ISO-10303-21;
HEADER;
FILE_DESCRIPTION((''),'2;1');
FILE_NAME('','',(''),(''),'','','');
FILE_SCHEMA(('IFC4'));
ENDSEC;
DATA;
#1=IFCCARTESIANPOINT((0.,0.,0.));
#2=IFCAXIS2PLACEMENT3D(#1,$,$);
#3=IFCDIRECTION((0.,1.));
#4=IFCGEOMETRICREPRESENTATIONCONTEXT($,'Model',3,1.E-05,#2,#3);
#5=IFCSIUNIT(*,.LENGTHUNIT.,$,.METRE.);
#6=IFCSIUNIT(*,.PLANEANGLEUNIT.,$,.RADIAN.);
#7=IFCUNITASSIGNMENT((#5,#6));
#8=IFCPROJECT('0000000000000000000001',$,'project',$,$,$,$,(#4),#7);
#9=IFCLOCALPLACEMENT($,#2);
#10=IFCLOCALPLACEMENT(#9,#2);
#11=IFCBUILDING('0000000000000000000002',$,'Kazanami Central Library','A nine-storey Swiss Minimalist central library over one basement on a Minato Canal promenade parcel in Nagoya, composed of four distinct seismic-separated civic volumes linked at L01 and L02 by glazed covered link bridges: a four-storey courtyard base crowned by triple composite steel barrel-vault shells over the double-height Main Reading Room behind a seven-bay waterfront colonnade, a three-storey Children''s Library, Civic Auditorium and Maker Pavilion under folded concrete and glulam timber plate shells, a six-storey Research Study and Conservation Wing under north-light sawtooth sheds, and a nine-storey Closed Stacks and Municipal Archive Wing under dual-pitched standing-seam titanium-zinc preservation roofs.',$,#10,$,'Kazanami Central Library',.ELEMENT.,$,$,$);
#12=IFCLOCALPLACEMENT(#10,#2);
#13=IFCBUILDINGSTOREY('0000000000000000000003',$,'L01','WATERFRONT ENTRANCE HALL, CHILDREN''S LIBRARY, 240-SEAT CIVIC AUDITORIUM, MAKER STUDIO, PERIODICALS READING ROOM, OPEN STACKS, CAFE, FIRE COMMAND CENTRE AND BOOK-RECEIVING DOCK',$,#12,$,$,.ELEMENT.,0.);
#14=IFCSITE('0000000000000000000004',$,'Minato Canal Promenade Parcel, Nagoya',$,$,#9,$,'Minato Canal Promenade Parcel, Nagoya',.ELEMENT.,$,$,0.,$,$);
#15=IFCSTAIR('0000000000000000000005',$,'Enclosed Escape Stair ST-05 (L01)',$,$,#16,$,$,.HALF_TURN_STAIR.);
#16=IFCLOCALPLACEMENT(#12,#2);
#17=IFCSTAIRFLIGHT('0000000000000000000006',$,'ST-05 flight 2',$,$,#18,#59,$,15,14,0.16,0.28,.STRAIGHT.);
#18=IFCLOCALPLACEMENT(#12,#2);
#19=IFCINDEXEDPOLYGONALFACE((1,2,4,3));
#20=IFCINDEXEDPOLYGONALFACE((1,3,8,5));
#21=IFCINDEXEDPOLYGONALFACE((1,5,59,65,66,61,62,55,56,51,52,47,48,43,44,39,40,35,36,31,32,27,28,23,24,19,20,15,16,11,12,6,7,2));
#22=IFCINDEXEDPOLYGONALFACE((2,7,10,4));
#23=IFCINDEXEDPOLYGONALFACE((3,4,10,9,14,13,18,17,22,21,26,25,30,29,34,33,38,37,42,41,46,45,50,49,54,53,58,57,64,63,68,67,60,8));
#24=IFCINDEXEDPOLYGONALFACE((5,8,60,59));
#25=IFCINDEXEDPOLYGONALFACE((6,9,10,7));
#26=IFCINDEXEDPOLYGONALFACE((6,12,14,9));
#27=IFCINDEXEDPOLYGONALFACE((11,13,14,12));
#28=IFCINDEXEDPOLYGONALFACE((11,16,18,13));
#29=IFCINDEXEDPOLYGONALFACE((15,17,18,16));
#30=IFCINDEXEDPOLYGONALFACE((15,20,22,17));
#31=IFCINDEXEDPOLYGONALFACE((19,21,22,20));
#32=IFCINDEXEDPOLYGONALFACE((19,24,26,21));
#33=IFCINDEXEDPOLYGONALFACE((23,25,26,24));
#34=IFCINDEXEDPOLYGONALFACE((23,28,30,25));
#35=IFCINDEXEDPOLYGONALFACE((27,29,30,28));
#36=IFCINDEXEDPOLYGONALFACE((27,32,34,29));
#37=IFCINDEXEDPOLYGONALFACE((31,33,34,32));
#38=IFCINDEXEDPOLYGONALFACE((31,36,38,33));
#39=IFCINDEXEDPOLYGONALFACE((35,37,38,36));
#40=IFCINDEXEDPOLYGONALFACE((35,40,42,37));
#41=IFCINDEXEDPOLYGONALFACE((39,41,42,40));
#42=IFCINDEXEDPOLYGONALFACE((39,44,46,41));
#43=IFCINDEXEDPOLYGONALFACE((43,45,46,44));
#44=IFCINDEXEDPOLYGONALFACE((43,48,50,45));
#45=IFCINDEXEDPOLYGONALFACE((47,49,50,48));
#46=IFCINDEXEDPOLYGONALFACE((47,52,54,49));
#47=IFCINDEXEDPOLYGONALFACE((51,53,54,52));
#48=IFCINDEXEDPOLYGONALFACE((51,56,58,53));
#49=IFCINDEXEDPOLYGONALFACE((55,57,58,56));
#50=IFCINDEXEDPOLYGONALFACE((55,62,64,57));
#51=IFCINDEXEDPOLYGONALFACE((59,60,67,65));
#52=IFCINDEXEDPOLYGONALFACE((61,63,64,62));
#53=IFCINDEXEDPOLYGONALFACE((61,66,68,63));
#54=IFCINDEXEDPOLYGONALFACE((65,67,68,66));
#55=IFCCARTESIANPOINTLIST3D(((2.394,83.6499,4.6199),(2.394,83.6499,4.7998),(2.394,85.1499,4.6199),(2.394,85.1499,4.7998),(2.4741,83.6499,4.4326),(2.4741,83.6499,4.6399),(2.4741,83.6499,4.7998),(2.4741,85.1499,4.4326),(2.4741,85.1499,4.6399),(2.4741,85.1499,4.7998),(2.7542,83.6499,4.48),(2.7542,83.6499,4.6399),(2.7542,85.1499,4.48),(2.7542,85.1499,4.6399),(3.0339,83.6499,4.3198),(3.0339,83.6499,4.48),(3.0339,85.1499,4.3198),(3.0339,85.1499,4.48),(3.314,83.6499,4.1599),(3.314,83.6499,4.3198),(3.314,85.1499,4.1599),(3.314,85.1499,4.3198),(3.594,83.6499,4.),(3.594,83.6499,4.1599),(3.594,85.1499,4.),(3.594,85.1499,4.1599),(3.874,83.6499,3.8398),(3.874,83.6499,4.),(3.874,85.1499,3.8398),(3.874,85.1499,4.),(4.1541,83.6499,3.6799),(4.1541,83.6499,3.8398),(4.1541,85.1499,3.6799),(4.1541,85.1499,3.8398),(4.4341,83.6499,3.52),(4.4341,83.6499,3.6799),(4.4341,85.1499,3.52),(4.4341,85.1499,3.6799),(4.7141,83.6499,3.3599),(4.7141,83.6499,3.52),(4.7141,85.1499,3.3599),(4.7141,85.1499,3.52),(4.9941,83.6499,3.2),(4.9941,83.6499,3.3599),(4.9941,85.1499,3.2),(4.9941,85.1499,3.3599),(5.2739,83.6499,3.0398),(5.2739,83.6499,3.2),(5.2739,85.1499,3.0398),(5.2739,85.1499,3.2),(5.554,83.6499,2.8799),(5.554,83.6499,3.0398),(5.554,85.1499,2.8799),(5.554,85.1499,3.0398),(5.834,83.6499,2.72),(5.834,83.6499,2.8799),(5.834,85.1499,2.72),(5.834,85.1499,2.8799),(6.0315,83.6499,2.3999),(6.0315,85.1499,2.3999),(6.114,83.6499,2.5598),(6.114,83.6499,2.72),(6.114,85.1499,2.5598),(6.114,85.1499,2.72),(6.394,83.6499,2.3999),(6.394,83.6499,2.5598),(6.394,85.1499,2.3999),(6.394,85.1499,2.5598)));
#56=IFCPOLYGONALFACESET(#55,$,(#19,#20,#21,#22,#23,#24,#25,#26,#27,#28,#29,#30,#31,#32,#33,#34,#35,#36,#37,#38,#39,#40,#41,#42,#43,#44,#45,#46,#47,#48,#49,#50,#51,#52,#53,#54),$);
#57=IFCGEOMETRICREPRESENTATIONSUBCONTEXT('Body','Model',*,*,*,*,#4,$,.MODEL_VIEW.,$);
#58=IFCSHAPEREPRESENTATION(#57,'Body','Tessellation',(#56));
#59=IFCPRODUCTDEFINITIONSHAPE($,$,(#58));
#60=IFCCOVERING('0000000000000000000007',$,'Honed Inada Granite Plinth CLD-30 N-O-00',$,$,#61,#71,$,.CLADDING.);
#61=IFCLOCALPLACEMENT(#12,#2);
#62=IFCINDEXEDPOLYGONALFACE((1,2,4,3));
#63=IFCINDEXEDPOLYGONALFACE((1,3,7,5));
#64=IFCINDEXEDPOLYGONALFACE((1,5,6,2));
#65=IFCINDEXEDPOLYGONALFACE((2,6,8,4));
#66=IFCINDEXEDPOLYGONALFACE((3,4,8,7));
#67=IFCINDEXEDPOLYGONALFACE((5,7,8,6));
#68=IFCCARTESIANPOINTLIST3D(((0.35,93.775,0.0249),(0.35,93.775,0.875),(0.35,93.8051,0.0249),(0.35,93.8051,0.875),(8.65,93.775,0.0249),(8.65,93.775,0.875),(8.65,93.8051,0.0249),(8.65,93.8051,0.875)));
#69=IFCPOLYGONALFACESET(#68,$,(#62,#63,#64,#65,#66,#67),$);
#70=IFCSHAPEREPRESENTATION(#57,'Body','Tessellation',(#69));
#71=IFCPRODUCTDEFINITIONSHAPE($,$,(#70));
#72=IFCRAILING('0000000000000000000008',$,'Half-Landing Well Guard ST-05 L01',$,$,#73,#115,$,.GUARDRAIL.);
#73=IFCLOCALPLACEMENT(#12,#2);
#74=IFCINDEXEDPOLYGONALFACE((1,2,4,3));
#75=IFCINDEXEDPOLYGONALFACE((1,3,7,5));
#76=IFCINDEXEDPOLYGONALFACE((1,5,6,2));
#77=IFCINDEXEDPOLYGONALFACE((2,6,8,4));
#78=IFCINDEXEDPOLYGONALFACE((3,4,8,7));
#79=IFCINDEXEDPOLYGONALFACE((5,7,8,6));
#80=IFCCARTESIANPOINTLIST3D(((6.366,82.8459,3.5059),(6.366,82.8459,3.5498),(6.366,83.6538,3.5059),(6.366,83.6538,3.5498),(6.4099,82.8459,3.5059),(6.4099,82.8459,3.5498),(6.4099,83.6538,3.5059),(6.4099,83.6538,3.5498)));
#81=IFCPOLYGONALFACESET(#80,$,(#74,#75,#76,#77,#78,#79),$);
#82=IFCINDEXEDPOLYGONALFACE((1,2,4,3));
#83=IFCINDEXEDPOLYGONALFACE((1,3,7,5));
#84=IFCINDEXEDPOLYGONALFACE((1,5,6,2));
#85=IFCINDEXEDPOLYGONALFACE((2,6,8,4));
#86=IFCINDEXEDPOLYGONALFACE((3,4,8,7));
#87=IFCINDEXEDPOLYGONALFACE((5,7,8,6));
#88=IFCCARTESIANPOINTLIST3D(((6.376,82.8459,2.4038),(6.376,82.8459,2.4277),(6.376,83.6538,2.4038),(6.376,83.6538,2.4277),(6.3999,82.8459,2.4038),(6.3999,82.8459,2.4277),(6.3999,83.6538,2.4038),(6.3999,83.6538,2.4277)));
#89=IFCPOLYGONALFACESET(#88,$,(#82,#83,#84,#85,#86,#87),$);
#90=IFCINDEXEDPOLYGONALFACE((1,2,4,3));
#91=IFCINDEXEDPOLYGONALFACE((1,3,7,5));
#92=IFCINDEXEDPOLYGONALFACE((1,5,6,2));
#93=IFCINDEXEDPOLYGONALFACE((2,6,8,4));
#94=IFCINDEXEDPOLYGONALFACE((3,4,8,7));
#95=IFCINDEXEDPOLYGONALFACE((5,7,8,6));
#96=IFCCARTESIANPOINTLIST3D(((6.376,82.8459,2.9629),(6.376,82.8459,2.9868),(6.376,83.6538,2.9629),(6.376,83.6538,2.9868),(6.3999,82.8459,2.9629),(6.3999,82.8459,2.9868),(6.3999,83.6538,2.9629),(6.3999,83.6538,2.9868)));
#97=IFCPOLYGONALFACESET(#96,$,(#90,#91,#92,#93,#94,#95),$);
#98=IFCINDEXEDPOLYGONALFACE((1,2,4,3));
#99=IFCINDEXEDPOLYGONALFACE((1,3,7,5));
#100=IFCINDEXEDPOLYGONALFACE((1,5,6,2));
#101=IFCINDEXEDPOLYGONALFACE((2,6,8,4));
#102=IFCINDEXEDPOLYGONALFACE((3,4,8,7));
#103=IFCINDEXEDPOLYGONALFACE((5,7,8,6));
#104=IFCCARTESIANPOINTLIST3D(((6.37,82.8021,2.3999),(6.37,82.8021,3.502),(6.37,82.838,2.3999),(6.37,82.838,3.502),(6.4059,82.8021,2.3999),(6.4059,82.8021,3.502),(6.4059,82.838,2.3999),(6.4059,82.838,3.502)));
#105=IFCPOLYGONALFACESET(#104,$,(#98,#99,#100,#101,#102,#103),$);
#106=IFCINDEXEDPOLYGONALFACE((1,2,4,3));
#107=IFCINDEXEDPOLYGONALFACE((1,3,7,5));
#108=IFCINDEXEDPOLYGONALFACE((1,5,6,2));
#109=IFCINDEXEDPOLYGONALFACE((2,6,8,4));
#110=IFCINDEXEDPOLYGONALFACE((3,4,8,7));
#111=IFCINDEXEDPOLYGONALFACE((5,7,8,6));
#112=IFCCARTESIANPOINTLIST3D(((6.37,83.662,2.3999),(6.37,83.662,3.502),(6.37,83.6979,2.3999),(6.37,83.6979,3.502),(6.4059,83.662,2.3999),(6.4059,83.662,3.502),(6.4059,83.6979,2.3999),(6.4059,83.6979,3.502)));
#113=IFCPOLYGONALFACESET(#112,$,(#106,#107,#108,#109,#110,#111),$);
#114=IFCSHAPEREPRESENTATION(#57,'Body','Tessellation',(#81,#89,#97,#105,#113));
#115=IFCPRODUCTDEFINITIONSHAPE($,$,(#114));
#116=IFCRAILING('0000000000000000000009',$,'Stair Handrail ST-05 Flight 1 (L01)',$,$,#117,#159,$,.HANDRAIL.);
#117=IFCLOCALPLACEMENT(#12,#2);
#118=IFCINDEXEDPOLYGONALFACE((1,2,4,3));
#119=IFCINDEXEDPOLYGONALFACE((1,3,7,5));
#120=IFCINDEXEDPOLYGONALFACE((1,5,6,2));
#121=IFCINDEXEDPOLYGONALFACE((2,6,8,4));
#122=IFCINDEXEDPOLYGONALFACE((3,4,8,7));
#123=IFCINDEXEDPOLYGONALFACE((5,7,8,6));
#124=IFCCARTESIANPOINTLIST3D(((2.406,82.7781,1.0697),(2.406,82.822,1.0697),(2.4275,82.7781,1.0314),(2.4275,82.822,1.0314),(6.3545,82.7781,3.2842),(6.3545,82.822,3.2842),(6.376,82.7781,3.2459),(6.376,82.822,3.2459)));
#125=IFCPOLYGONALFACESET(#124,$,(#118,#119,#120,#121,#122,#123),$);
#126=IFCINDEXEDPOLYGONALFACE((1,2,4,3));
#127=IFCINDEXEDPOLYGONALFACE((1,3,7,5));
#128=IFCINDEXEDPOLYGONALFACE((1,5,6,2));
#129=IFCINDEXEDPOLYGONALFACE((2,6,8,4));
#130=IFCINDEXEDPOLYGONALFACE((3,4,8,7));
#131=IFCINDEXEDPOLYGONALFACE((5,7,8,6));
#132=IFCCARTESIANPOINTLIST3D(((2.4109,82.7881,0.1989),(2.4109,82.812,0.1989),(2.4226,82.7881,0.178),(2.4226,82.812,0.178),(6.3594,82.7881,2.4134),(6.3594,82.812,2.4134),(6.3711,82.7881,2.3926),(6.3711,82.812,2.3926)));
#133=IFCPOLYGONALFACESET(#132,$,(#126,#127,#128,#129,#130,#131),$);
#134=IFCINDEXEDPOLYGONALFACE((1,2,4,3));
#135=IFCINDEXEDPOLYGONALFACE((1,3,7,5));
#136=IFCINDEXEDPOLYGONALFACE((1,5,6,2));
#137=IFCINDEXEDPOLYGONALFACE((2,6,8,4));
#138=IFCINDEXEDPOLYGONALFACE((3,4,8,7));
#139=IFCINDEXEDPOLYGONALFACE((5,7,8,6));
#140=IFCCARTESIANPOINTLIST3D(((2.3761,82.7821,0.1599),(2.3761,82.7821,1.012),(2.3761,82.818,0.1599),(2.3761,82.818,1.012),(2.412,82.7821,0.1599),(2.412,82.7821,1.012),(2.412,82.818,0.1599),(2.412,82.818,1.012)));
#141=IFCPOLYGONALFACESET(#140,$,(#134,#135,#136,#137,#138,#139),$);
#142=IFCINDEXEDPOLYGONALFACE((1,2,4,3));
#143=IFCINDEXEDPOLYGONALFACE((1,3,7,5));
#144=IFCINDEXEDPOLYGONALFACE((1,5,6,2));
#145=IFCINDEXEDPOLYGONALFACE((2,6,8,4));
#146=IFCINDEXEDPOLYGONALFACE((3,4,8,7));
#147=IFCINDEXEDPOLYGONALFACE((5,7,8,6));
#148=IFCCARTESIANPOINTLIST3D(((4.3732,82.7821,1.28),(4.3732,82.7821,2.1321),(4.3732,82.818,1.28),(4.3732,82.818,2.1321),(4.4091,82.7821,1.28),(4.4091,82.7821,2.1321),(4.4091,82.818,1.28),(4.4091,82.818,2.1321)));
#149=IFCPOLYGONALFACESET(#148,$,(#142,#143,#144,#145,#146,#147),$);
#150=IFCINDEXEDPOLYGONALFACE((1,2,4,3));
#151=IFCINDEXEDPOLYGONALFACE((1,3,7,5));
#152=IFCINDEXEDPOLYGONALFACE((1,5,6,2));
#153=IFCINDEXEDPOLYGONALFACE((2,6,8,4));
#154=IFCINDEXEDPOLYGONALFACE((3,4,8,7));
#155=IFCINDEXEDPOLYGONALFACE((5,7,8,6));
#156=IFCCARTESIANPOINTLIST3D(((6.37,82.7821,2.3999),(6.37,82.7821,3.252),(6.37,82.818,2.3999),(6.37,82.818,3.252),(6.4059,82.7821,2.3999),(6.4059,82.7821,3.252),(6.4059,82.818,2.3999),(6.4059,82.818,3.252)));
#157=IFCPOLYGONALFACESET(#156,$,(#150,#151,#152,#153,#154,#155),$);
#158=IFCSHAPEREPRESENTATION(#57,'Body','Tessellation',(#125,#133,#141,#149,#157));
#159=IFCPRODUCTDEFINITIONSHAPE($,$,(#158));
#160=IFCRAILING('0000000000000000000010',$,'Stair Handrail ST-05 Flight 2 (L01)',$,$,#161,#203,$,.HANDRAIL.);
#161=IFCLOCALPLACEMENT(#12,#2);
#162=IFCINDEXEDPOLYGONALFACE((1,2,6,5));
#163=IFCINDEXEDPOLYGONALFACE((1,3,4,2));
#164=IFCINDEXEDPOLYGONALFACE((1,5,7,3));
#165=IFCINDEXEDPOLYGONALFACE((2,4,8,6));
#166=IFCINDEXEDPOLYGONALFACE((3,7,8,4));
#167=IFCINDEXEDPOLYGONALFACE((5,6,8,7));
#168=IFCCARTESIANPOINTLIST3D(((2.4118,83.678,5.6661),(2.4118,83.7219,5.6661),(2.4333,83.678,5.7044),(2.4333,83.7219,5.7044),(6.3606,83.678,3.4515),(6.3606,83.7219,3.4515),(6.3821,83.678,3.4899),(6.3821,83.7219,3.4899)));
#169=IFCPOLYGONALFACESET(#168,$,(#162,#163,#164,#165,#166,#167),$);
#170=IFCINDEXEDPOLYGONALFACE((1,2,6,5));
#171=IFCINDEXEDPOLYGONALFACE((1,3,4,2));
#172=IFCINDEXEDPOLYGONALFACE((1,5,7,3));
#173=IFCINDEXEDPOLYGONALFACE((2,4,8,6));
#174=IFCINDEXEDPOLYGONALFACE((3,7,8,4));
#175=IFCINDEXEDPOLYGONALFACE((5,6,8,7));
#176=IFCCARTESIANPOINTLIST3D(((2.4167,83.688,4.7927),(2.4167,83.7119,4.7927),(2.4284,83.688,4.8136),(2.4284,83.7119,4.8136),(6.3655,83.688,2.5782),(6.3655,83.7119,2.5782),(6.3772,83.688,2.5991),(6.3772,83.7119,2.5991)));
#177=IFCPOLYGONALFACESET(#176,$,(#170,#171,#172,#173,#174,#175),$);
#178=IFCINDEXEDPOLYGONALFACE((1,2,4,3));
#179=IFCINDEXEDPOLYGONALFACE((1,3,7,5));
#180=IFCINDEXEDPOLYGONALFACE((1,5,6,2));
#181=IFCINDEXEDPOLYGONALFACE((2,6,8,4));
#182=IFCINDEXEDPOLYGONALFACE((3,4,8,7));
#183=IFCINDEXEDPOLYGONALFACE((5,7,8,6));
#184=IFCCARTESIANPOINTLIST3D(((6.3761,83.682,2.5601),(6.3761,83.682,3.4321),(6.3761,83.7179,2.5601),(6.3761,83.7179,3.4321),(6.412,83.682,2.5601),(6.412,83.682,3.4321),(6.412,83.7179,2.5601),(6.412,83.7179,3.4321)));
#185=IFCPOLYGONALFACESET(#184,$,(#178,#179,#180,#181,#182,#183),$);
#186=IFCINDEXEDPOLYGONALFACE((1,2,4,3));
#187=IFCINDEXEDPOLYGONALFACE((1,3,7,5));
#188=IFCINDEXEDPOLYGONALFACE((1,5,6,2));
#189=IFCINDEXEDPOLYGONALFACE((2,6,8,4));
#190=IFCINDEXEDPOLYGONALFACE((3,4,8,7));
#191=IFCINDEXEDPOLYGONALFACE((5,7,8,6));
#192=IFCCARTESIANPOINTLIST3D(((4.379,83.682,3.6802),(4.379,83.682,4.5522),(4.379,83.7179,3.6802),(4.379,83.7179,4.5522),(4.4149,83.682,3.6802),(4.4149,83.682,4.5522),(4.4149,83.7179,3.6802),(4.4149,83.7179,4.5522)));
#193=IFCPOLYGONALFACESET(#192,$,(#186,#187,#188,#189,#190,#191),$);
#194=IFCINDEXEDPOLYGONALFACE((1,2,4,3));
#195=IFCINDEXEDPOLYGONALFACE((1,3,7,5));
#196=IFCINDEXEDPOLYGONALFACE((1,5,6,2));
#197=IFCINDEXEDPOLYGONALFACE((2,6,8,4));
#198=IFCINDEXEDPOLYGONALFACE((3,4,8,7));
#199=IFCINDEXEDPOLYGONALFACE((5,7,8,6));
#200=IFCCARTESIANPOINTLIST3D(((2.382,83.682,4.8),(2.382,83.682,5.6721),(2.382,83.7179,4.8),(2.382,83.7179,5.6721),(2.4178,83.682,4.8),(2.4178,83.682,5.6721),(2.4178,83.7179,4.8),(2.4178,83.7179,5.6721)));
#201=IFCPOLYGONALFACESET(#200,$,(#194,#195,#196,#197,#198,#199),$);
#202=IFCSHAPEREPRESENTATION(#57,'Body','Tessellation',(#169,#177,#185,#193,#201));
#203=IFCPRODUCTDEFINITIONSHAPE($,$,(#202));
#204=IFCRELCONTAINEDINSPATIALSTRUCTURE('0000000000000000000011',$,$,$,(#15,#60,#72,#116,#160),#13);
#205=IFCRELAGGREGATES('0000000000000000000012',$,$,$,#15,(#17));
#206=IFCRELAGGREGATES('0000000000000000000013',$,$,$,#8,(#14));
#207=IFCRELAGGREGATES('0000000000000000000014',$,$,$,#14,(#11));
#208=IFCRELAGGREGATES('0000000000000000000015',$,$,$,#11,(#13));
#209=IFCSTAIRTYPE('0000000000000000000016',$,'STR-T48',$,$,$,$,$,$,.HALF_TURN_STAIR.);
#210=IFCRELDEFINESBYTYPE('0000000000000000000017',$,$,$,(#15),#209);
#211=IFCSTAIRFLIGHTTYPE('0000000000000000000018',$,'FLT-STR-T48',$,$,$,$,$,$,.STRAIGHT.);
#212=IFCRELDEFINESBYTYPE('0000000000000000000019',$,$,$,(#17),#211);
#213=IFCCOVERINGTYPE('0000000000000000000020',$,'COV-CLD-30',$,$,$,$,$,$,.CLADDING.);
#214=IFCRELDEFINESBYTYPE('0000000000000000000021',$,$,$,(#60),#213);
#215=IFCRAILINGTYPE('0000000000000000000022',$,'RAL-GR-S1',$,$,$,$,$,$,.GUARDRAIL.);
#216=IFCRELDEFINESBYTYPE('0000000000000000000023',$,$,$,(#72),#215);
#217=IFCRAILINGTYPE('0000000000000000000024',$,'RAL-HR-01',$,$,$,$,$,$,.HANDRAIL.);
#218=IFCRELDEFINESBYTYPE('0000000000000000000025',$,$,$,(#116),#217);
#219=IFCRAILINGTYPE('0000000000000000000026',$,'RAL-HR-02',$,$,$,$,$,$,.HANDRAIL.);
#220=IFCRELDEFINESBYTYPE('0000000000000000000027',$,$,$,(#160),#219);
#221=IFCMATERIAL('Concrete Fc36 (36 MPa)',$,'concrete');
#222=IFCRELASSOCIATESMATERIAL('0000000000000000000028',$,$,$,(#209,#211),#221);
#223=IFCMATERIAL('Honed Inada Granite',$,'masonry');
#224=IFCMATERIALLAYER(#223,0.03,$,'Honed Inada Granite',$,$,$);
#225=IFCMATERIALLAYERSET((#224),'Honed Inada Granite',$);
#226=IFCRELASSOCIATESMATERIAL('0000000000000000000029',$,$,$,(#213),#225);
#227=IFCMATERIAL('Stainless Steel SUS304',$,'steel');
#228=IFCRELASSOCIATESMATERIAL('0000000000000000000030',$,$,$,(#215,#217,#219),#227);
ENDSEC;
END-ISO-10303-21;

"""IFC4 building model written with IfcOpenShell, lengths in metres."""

from ifc_helpers import new_model, si_unit, direction, frame, origin, origin_2d, place, context, subcontext, project, spatial, polyline, rectangle, outline, extrude, material, layer, layer_set, type_object, element, aggregate, save


model = new_model("IFC4")

# Units and contexts
model_context = context("Model", 3, precision=1e-05, world=origin(), true_north=direction((0.0, 1.0)))
body_context = subcontext(model_context, "Body", "Model", "MODEL_VIEW")
ifc_project = project(units=[si_unit("LENGTHUNIT", "METRE"), si_unit("PLANEANGLEUNIT", "RADIAN")], contexts=[model_context])

# Site, building, storey
site_placement = place(None, origin())
site = spatial("IfcSite", under=ifc_project, at=site_placement, Name="Minato Canal Promenade Parcel, Nagoya", LongName="Minato Canal Promenade Parcel, Nagoya", CompositionType="ELEMENT", RefElevation=0.0)
building_placement = place(site_placement, origin())
building = spatial("IfcBuilding", under=site, at=building_placement, Name="Kazanami Central Library", Description="A nine-storey Swiss Minimalist central library over one basement on a Minato Canal promenade parcel in Nagoya, composed of four distinct seismic-separated civic volumes linked at L01 and L02 by glazed covered link bridges: a four-storey courtyard base crowned by triple composite steel barrel-vault shells over the double-height Main Reading Room behind a seven-bay waterfront colonnade, a three-storey Children's Library, Civic Auditorium and Maker Pavilion under folded concrete and glulam timber plate shells, a six-storey Research Study and Conservation Wing under north-light sawtooth sheds, and a nine-storey Closed Stacks and Municipal Archive Wing under dual-pitched standing-seam titanium-zinc preservation roofs.", LongName="Kazanami Central Library", CompositionType="ELEMENT")
storey_placement = place(building_placement, origin())
storey = spatial("IfcBuildingStorey", under=building, at=storey_placement, Name="L01", Description="WATERFRONT ENTRANCE HALL, CHILDREN'S LIBRARY, 240-SEAT CIVIC AUDITORIUM, MAKER STUDIO, PERIODICALS READING ROOM, OPEN STACKS, CAFE, FIRE COMMAND CENTRE AND BOOK-RECEIVING DOCK", CompositionType="ELEMENT", Elevation=0.0)

# Shared definitions
ifc_material_1 = material(Name="Concrete Fc36 (36 MPa)", Category="concrete")
ifc_material_2 = material(Name="Honed Inada Granite", Category="masonry")

# Stair, stair flight
stair_type = type_object("IfcStairType", Name="STR-T48", PredefinedType="HALF_TURN_STAIR", material=ifc_material_1)
stair_placement = place(storey_placement, origin())
stair = element("IfcStair", 1, at=stair_placement, inside=storey, type_object=stair_type, Name="Enclosed Escape Stair ST-05 (L01)", PredefinedType="HALF_TURN_STAIR")
stair_flight_type = type_object("IfcStairFlightType", Name="FLT-STR-T48", PredefinedType="STRAIGHT", material=ifc_material_1)
stair_flight_1_placement = place(storey_placement, frame((6.394, 84.3999, 2.3999), z_axis=(0.0, 0.0, 1.0), x_axis=(-1.0, 0.0, 0.0)))
stair_flight_1 = element("IfcStairFlight", 2, at=stair_flight_1_placement, type_object=stair_flight_type, Name="ST-05 flight 2", NumberOfRisers=15, NumberOfTreads=14, PredefinedType="STRAIGHT", RiserHeight=0.16, TreadLength=0.28, context=body_context, shape_type="SweptSolid", body=[
    extrude(outline(polyline([(0.0, 0.0), (0.0, 0.1599), (0.28, 0.1599), (0.28, 0.3201), (0.5601, 0.3201), (0.5601, 0.48), (0.8401, 0.48), (0.8401, 0.6399), (1.1201, 0.6399), (1.1201, 0.8), (1.3999, 0.8), (1.3999, 0.96), (1.6799, 0.96), (1.6799, 1.1201), (1.96, 1.1201), (1.96, 1.28), (2.24, 1.28), (2.24, 1.4399), (2.52, 1.4399), (2.52, 1.6001), (2.8, 1.6001), (2.8, 1.76), (3.0801, 1.76), (3.0801, 1.9199), (3.3601, 1.9199), (3.3601, 2.0801), (3.6399, 2.0801), (3.6399, 2.24), (3.9199, 2.24), (3.9199, 2.3999), (4.0, 2.3999), (4.0, 2.22), (3.9199, 2.0327), (0.3625, 0.0), (0.0, 0.0)])), frame((0.0, 0.75, 0.0), z_axis=(0.0, -1.0, 0.0), x_axis=(1.0, 0.0, 0.0)), (0.0, 0.0, 1.0), 1.5),
])
aggregate(stair, [stair_flight_1])

# Covering
ifc_layer_1 = layer(ifc_material_2, 0.03, Name="Honed Inada Granite")
ifc_layer_set_1 = layer_set([ifc_layer_1], Name="Honed Inada Granite")
covering_type = type_object("IfcCoveringType", Name="COV-CLD-30", PredefinedType="CLADDING", material=ifc_layer_set_1)
covering_placement = place(storey_placement, frame((4.5, 93.79, 0.0249), z_axis=(0.0, 0.0, 1.0), x_axis=(-1.0, 0.0, 0.0)))
element("IfcCovering", 3, at=covering_placement, inside=storey, type_object=covering_type, Name="Honed Inada Granite Plinth CLD-30 N-O-00", PredefinedType="CLADDING", context=body_context, shape_type="SweptSolid", body=[
    extrude(rectangle(XDim=8.3, YDim=0.03, at=origin_2d()), origin(), (0.0, 0.0, 1.0), 0.8501),
])

# Railings
ifc_material_3 = material(Name="Stainless Steel SUS304", Category="steel")
railing_type_1 = type_object("IfcRailingType", Name="RAL-GR-S1", PredefinedType="GUARDRAIL", material=ifc_material_3)
railing_1_placement = place(storey_placement, frame((6.3879, 82.8201, 2.3999)))
element("IfcRailing", 4, at=railing_1_placement, inside=storey, type_object=railing_type_1, Name="Half-Landing Well Guard ST-05 L01", PredefinedType="GUARDRAIL", context=body_context, shape_type="SweptSolid", body=[
    extrude(rectangle(XDim=0.0439, YDim=0.0439, at=origin_2d()), frame((0.0, 0.0259, 1.1279), z_axis=(0.0, 1.0, 0.0), x_axis=(-1.0, 0.0, 0.0)), (0.0, 0.0, 1.0), 0.8079),
    extrude(rectangle(XDim=0.0239, YDim=0.0239, at=origin_2d()), frame((0.0, 0.0259, 0.0159), z_axis=(0.0, 1.0, 0.0), x_axis=(-1.0, 0.0, 0.0)), (0.0, 0.0, 1.0), 0.8079),
    extrude(rectangle(XDim=0.0239, YDim=0.0239, at=origin_2d()), frame((0.0, 0.0259, 0.575), z_axis=(0.0, 1.0, 0.0), x_axis=(-1.0, 0.0, 0.0)), (0.0, 0.0, 1.0), 0.8079),
    extrude(rectangle(XDim=0.0359, YDim=0.0359, at=origin_2d()), origin(), (0.0, 0.0, 1.0), 1.1021),
    extrude(rectangle(XDim=0.0359, YDim=0.0359, at=origin_2d()), frame((0.0, 0.8599, 0.0)), (0.0, 0.0, 1.0), 1.1021),
])
railing_type_2 = type_object("IfcRailingType", Name="RAL-HR-01", PredefinedType="HANDRAIL", material=ifc_material_3)
railing_2_placement = place(storey_placement, frame((2.394, 82.8, 0.1599)))
element("IfcRailing", 5, at=railing_2_placement, inside=storey, type_object=railing_type_2, Name="Stair Handrail ST-05 Flight 1 (L01)", PredefinedType="HANDRAIL", context=body_context, shape_type="SweptSolid", body=[
    extrude(rectangle(XDim=0.0439, YDim=0.0439, at=origin_2d()), frame((0.0227, 0.0, 0.8906), z_axis=(0.872189, 0.0, 0.48917), x_axis=(0.0, 1.0, 0.0)), (0.0, 0.0, 1.0), 4.5271),
    extrude(rectangle(XDim=0.0239, YDim=0.0239, at=origin_2d()), frame((0.0227, 0.0, 0.0286), z_axis=(0.872189, 0.0, 0.48917), x_axis=(0.0, 1.0, 0.0)), (0.0, 0.0, 1.0), 4.5271),
    extrude(rectangle(XDim=0.0359, YDim=0.0359, at=origin_2d()), origin(), (0.0, 0.0, 1.0), 0.8521),
    extrude(rectangle(XDim=0.0359, YDim=0.0359, at=origin_2d()), frame((1.9971, 0.0, 1.1201)), (0.0, 0.0, 1.0), 0.8521),
    extrude(rectangle(XDim=0.0359, YDim=0.0359, at=origin_2d()), frame((3.9939, 0.0, 2.24)), (0.0, 0.0, 1.0), 0.8521),
])
railing_type_3 = type_object("IfcRailingType", Name="RAL-HR-02", PredefinedType="HANDRAIL", material=ifc_material_3)
railing_3_placement = place(storey_placement, frame((6.394, 83.7, 2.5601)))
element("IfcRailing", 6, at=railing_3_placement, inside=storey, type_object=railing_type_3, Name="Stair Handrail ST-05 Flight 2 (L01)", PredefinedType="HANDRAIL", context=body_context, shape_type="SweptSolid", body=[
    extrude(rectangle(XDim=0.0439, YDim=0.0439, at=origin_2d()), frame((-0.0227, 0.0, 0.9106), z_axis=(-0.872201, 0.0, 0.489147), x_axis=(0.0, -1.0, 0.0)), (0.0, 0.0, 1.0), 4.5273),
    extrude(rectangle(XDim=0.0239, YDim=0.0239, at=origin_2d()), frame((-0.0227, 0.0, 0.0286), z_axis=(-0.872201, 0.0, 0.489147), x_axis=(0.0, -1.0, 0.0)), (0.0, 0.0, 1.0), 4.5273),
    extrude(rectangle(XDim=0.0359, YDim=0.0359, at=origin_2d()), origin(), (0.0, 0.0, 1.0), 0.8721),
    extrude(rectangle(XDim=0.0359, YDim=0.0359, at=origin_2d()), frame((-1.9971, 0.0, 1.1201)), (0.0, 0.0, 1.0), 0.8721),
    extrude(rectangle(XDim=0.0359, YDim=0.0359, at=origin_2d()), frame((-3.9941, 0.0, 2.24)), (0.0, 0.0, 1.0), 0.8721),
])

save(model, "model.ifc")
